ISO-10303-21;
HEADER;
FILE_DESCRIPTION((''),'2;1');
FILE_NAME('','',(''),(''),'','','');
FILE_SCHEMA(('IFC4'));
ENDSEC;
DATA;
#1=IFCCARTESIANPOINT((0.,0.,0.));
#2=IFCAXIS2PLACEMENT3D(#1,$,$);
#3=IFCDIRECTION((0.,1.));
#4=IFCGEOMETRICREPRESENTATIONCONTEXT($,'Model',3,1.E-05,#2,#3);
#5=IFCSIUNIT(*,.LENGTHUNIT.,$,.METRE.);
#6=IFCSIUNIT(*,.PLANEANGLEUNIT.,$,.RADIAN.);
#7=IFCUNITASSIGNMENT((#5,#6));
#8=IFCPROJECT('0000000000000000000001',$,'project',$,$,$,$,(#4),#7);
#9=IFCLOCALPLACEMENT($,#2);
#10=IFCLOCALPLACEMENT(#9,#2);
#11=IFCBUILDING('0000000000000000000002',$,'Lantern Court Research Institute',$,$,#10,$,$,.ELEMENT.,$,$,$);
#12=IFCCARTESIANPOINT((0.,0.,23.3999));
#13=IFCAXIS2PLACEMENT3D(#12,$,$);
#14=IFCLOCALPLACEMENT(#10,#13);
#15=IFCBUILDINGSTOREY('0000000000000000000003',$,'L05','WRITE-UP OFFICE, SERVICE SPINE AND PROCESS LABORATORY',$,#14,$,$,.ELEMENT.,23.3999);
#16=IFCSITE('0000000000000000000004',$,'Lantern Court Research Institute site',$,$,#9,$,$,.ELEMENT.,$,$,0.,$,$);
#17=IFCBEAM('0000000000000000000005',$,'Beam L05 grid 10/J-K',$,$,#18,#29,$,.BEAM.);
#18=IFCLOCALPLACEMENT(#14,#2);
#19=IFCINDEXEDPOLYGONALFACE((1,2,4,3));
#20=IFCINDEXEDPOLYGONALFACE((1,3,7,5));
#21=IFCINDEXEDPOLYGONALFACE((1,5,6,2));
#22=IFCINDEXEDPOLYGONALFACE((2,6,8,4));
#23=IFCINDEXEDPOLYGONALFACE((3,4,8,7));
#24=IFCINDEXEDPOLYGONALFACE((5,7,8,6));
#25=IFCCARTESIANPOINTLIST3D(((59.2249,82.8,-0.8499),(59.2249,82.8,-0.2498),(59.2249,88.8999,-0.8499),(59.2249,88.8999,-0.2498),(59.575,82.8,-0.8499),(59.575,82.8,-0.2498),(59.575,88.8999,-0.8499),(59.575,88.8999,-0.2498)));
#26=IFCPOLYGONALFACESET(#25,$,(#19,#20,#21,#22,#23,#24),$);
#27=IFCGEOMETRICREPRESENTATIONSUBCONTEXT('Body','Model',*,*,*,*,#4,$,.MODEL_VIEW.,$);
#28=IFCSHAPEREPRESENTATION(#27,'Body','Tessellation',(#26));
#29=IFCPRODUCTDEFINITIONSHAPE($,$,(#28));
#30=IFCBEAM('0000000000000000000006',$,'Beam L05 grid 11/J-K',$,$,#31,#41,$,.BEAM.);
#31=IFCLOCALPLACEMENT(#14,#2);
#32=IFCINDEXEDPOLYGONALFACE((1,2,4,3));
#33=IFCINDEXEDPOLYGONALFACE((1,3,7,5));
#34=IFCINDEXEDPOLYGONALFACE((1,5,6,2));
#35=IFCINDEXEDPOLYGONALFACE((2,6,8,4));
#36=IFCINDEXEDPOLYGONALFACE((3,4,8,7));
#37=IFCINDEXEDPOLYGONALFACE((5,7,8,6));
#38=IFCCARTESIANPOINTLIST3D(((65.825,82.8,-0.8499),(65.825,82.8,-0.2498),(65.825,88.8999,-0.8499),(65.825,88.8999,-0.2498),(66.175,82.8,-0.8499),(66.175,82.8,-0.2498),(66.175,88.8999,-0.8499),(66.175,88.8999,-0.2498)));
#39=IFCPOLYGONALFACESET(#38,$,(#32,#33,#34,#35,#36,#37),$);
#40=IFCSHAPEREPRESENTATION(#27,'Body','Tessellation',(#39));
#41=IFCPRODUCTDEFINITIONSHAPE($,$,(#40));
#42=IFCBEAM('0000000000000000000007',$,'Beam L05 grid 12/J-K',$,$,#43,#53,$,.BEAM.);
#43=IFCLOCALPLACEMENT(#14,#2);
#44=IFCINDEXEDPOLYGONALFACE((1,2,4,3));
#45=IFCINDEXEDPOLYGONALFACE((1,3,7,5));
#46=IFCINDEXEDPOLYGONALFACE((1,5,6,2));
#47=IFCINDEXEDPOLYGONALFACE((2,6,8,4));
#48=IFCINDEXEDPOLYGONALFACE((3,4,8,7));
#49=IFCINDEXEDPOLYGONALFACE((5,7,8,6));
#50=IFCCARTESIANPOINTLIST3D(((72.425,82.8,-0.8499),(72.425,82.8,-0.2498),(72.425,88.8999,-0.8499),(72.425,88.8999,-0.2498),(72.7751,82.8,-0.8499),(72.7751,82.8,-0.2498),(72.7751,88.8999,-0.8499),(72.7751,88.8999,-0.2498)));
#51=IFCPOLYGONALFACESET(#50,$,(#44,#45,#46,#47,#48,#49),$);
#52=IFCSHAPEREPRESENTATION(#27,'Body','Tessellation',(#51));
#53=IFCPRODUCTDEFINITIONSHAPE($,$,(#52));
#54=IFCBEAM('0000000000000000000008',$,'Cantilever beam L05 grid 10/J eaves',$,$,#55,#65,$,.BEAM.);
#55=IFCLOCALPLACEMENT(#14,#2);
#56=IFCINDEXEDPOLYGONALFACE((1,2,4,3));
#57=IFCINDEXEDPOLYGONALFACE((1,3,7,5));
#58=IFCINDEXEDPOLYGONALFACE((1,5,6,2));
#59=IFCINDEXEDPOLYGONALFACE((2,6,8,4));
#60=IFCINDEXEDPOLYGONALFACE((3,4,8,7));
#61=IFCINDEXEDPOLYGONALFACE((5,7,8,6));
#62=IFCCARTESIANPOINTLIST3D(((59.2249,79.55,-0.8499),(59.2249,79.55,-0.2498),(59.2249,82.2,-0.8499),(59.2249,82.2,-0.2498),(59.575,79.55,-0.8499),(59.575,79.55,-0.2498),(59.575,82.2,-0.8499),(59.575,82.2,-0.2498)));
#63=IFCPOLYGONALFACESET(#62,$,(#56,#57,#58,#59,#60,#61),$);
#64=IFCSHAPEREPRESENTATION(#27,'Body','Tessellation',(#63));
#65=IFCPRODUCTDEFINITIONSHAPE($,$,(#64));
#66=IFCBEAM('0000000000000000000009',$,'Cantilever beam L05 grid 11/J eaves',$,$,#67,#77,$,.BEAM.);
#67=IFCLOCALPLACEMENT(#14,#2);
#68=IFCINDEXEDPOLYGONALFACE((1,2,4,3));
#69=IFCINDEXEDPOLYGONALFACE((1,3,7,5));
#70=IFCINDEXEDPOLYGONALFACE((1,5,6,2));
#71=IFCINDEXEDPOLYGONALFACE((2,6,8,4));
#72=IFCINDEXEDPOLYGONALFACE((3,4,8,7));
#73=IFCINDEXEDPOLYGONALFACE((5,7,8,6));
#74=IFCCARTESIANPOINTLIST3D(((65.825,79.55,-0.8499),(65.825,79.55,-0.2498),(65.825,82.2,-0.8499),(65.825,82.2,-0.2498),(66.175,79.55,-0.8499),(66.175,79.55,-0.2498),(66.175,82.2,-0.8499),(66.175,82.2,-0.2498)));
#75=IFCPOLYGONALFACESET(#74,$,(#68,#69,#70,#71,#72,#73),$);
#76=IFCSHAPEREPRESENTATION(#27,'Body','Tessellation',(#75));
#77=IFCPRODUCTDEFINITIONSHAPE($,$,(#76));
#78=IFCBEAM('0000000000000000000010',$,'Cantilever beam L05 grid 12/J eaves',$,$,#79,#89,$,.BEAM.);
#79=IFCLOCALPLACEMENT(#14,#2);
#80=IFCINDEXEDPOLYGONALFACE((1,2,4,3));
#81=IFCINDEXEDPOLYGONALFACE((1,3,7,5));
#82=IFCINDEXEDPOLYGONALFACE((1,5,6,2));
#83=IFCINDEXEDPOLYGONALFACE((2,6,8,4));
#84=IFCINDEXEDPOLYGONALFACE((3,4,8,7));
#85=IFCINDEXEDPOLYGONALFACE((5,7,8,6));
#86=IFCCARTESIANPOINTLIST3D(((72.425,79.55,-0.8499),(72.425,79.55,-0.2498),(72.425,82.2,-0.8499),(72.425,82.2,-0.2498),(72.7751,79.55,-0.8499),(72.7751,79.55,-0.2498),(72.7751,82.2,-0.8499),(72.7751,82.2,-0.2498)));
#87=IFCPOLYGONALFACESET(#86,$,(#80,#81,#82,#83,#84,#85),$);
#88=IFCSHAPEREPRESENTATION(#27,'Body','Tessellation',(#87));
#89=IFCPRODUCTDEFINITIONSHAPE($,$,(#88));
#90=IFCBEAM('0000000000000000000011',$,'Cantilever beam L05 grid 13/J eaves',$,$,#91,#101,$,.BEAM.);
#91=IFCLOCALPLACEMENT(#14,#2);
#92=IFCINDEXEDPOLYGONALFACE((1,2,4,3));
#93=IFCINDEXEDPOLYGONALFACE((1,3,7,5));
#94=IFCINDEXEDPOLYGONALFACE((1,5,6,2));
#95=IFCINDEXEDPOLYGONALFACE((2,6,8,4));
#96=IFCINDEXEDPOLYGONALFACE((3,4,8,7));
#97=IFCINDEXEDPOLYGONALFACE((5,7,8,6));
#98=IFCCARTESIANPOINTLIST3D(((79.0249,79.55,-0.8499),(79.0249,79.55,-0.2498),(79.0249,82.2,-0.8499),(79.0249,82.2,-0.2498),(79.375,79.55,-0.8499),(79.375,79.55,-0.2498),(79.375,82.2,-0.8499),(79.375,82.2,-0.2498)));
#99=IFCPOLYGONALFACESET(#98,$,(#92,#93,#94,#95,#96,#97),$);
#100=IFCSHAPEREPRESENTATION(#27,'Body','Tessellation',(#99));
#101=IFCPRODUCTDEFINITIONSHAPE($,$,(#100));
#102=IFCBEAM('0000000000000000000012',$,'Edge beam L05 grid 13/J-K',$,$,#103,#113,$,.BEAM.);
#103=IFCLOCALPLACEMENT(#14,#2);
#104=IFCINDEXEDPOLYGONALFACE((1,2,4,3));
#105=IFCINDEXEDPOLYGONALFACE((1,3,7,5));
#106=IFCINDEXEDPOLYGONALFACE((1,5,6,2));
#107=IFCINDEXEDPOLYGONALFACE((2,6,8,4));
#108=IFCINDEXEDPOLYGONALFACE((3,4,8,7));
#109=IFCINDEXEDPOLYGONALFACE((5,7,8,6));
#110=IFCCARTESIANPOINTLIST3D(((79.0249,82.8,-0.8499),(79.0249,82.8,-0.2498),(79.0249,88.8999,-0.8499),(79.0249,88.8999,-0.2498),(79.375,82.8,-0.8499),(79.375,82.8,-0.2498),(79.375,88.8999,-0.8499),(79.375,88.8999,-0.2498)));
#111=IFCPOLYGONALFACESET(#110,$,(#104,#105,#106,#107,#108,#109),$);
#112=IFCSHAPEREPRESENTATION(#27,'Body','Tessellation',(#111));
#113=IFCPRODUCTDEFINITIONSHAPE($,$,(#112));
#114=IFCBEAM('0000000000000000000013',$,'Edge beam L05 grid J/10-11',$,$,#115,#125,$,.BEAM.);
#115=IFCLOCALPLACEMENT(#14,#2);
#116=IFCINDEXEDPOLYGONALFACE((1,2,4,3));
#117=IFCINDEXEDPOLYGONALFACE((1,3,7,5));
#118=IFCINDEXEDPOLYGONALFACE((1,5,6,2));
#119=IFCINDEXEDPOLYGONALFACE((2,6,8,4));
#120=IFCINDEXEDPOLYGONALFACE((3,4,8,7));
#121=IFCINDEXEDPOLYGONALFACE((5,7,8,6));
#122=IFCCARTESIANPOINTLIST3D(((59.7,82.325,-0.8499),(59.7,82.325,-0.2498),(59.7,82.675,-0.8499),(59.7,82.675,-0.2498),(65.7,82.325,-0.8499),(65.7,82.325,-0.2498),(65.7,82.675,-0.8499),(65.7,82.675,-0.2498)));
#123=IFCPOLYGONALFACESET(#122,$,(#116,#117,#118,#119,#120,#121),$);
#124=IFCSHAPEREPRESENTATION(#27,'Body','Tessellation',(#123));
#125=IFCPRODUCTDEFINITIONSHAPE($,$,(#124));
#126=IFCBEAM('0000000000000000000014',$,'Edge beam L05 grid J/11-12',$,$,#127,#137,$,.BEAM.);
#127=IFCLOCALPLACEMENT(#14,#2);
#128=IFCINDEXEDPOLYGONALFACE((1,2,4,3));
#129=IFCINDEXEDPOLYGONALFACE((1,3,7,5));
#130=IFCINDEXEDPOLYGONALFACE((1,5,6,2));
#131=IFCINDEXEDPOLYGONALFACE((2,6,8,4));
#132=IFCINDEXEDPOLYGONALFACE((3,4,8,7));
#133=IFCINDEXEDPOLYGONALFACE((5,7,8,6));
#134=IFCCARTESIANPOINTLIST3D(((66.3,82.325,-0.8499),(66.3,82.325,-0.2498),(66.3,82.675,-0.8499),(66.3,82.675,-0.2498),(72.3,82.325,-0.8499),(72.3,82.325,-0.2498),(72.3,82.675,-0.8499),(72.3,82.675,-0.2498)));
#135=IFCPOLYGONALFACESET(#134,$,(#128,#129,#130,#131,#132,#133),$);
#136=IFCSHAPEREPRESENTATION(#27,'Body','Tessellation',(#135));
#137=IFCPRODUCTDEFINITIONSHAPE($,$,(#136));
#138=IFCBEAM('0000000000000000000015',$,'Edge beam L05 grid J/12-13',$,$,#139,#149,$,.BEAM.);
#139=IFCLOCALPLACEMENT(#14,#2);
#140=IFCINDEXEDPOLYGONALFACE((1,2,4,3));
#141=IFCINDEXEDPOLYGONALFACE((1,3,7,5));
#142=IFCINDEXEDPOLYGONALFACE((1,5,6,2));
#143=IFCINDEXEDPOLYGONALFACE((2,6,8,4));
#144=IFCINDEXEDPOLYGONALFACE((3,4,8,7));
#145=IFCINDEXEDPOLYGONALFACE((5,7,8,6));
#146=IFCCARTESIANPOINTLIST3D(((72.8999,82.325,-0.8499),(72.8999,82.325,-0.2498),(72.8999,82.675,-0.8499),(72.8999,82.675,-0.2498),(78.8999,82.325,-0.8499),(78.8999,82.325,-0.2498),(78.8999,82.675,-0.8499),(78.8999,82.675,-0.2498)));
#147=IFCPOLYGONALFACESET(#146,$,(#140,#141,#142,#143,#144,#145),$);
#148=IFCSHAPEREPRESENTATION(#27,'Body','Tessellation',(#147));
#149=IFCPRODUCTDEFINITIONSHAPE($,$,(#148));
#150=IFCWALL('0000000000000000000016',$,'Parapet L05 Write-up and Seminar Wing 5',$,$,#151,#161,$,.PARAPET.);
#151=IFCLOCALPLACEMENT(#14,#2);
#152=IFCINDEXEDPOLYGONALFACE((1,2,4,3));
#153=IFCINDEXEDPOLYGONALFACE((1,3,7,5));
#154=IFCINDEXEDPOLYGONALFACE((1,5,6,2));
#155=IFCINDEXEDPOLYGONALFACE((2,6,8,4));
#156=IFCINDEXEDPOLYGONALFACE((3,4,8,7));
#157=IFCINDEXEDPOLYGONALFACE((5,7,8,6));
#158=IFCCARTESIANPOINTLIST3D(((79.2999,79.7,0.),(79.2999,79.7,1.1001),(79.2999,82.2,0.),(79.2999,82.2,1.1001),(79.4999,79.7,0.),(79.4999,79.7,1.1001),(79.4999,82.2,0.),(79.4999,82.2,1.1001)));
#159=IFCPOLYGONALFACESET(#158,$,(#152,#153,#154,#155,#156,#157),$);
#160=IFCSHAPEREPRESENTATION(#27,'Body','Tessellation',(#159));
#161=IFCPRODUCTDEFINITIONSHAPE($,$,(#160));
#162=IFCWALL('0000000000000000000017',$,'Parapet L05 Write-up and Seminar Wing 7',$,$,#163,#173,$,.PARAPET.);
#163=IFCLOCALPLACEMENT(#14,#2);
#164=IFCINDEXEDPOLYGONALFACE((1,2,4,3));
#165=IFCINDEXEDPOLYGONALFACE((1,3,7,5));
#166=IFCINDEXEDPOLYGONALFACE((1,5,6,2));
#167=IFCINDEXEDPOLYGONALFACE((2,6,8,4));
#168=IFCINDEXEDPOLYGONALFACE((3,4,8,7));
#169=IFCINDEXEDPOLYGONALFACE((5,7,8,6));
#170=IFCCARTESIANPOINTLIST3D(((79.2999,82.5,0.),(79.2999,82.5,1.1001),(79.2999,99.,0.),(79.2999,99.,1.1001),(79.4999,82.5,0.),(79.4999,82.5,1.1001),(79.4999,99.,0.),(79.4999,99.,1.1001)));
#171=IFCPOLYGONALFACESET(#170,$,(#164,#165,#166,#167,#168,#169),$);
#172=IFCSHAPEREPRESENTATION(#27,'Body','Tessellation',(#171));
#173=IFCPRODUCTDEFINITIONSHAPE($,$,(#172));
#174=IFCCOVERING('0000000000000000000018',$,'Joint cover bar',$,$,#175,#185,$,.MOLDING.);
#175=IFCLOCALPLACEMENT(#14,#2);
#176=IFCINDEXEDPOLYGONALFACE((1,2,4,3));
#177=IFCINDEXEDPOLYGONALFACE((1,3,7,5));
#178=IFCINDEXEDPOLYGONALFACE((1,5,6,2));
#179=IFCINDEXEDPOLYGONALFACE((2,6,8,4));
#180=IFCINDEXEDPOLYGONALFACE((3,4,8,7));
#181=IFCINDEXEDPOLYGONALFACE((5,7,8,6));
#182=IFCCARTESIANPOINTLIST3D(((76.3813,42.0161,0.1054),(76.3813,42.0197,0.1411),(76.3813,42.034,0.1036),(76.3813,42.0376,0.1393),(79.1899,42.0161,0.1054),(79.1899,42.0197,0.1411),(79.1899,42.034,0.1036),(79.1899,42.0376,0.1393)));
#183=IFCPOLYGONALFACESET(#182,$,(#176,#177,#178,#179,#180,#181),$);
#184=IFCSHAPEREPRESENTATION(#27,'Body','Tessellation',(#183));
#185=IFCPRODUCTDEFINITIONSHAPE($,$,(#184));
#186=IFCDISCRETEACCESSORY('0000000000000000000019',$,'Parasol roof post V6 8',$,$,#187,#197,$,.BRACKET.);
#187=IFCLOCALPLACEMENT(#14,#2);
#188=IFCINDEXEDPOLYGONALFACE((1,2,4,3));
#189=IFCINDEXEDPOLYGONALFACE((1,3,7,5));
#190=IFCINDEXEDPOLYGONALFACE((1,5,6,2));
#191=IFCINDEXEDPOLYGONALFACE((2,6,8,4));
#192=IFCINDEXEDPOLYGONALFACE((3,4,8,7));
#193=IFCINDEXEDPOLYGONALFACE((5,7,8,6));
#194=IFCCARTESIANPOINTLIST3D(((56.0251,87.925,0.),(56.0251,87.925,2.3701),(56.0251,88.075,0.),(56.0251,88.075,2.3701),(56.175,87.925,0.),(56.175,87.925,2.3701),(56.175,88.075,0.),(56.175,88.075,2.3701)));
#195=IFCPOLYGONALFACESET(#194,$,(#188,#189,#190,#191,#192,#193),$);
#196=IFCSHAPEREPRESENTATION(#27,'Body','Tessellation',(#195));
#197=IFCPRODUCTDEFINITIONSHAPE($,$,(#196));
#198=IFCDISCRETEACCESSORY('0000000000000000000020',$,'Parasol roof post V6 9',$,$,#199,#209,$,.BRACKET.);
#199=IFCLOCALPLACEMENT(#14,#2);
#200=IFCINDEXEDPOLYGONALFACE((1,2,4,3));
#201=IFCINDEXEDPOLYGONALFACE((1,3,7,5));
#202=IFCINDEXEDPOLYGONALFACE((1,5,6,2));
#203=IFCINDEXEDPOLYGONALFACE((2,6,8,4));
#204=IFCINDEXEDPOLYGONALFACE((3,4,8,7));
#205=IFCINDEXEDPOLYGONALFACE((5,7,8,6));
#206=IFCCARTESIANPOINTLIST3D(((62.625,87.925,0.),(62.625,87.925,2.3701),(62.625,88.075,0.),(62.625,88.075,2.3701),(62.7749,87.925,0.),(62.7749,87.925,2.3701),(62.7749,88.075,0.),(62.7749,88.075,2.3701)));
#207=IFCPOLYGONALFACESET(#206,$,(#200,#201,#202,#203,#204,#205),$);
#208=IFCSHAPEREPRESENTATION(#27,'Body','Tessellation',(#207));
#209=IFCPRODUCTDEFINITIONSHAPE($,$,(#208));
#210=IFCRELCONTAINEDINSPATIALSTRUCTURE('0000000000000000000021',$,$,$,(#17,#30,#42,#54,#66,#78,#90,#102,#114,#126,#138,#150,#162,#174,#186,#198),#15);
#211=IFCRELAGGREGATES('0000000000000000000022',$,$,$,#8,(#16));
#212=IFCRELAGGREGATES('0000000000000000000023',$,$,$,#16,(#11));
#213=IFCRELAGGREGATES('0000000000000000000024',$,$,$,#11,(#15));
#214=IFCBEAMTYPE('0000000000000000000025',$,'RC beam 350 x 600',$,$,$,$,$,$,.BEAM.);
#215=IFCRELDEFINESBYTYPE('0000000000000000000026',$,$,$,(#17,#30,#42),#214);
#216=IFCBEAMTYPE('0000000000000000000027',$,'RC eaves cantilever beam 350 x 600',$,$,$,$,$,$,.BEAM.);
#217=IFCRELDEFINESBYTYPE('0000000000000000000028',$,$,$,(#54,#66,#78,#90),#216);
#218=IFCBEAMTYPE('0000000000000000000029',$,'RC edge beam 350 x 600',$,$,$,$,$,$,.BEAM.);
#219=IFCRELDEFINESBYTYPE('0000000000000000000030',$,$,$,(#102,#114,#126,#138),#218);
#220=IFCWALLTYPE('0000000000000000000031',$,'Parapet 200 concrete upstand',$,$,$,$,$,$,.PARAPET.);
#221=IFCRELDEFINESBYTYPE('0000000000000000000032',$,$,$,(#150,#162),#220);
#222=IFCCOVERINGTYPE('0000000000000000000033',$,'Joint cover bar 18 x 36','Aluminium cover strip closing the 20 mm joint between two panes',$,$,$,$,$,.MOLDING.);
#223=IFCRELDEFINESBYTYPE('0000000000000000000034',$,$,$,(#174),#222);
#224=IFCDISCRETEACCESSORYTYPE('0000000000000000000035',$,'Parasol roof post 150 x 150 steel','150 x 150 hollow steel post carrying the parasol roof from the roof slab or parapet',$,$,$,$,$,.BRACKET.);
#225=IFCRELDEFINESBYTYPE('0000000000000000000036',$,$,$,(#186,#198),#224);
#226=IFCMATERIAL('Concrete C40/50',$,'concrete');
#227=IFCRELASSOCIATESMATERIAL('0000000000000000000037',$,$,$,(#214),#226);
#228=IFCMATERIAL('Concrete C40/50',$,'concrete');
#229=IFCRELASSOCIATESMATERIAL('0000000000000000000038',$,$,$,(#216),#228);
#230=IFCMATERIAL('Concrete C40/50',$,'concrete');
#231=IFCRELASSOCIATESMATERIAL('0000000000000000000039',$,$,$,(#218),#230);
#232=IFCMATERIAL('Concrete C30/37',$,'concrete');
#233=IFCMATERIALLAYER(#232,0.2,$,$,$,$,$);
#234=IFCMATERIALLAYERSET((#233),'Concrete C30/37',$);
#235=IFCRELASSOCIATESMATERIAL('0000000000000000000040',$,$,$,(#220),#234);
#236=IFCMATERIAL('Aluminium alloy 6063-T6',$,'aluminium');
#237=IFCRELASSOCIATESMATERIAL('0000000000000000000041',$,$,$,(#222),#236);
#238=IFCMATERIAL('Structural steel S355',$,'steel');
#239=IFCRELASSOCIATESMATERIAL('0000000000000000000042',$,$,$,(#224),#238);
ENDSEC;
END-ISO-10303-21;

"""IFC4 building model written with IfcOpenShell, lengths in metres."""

from ifc_helpers import new_model, si_unit, direction, frame, frame_2d, origin, origin_2d, place, context, subcontext, project, spatial, rectangle, extrude, material, layer, layer_set, material_profile, profile_set, type_object, element, save


model = new_model("IFC4")

# Units and contexts
model_context = context("Model", 3, precision=1e-05, world=origin(), true_north=direction((0.0, 1.0)))
body_context = subcontext(model_context, "Body", "Model", "MODEL_VIEW")
ifc_project = project(units=[si_unit("LENGTHUNIT", "METRE"), si_unit("PLANEANGLEUNIT", "RADIAN")], contexts=[model_context])

# Site, building, storey
site_placement = place(None, origin())
site = spatial("IfcSite", under=ifc_project, at=site_placement, Name="Lantern Court Research Institute site", CompositionType="ELEMENT", RefElevation=0.0)
building_placement = place(site_placement, origin())
building = spatial("IfcBuilding", under=site, at=building_placement, Name="Lantern Court Research Institute", CompositionType="ELEMENT")
storey_placement = place(building_placement, frame((0.0, 0.0, 23.3999)))
storey = spatial("IfcBuildingStorey", under=building, at=storey_placement, Name="L05", Description="WRITE-UP OFFICE, SERVICE SPINE AND PROCESS LABORATORY", CompositionType="ELEMENT", Elevation=23.3999)

# Beams
ifc_material_1 = material(Name="Concrete C40/50", Category="concrete")
ifc_material_profile_1 = material_profile(ifc_material_1, rectangle(XDim=0.3501, YDim=0.6001, at=origin_2d()), Name="RC beam 350 x 600")
ifc_profile_set_1 = profile_set([ifc_material_profile_1], Name="Concrete C40/50")
beam_type_1 = type_object("IfcBeamType", Name="RC beam 350 x 600", PredefinedType="BEAM", material=ifc_profile_set_1)
for number, where, z_axis, x_axis, name in (
    (1, (59.3999, 82.8, -0.5498), (0.0, 1.0, 0.0), (-1.0, 0.0, 0.0), "Beam L05 grid 10/J-K"),
    (2, (66.0, 82.8, -0.5498), (0.0, 1.0, 0.0), (-1.0, 0.0, 0.0), "Beam L05 grid 11/J-K"),
    (3, (72.6001, 82.8, -0.5498), (0.0, 1.0, 0.0), (-1.0, 0.0, 0.0), "Beam L05 grid 12/J-K"),
):
    element("IfcBeam", number, at=place(storey_placement, frame(where, z_axis=z_axis, x_axis=x_axis)), inside=storey, type_object=beam_type_1, Name=name, PredefinedType="BEAM", context=body_context, shape_type="SweptSolid", body=[
        extrude(rectangle(XDim=0.3501, YDim=0.6001, at=origin_2d()), origin(), (0.0, 0.0, 1.0), 6.0999),
    ])
ifc_material_2 = material(Name="Concrete C40/50", Category="concrete")
ifc_material_profile_2 = material_profile(ifc_material_2, rectangle(XDim=0.3501, YDim=0.6001, at=origin_2d()), Name="RC beam 350 x 600")
ifc_profile_set_2 = profile_set([ifc_material_profile_2], Name="Concrete C40/50")
beam_type_2 = type_object("IfcBeamType", Name="RC eaves cantilever beam 350 x 600", PredefinedType="BEAM", material=ifc_profile_set_2)
for number, where, z_axis, x_axis, name in (
    (4, (59.3999, 82.2, -0.5498), (0.0, -1.0, 0.0), (1.0, 0.0, 0.0), "Cantilever beam L05 grid 10/J eaves"),
    (5, (66.0, 82.2, -0.5498), (0.0, -1.0, 0.0), (1.0, 0.0, 0.0), "Cantilever beam L05 grid 11/J eaves"),
    (6, (72.6001, 82.2, -0.5498), (0.0, -1.0, 0.0), (1.0, 0.0, 0.0), "Cantilever beam L05 grid 12/J eaves"),
    (7, (79.2, 82.2, -0.5498), (0.0, -1.0, 0.0), (1.0, 0.0, 0.0), "Cantilever beam L05 grid 13/J eaves"),
):
    element("IfcBeam", number, at=place(storey_placement, frame(where, z_axis=z_axis, x_axis=x_axis)), inside=storey, type_object=beam_type_2, Name=name, PredefinedType="BEAM", context=body_context, shape_type="SweptSolid", body=[
        extrude(rectangle(XDim=0.3501, YDim=0.6001, at=origin_2d()), origin(), (0.0, 0.0, 1.0), 2.6499),
    ])
ifc_material_3 = material(Name="Concrete C40/50", Category="concrete")
ifc_material_profile_3 = material_profile(ifc_material_3, rectangle(XDim=0.3501, YDim=0.6001, at=origin_2d()), Name="RC beam 350 x 600")
ifc_profile_set_3 = profile_set([ifc_material_profile_3], Name="Concrete C40/50")
beam_type_3 = type_object("IfcBeamType", Name="RC edge beam 350 x 600", PredefinedType="BEAM", material=ifc_profile_set_3)
beam_placement = place(storey_placement, frame((79.2, 82.8, -0.5498), z_axis=(0.0, 1.0, 0.0), x_axis=(-1.0, 0.0, 0.0)))
element("IfcBeam", 8, at=beam_placement, inside=storey, type_object=beam_type_3, Name="Edge beam L05 grid 13/J-K", PredefinedType="BEAM", context=body_context, shape_type="SweptSolid", body=[
    extrude(rectangle(XDim=0.3501, YDim=0.6001, at=origin_2d()), origin(), (0.0, 0.0, 1.0), 6.0999),
])
for number, where, z_axis, x_axis, name in (
    (9, (59.7, 82.5, -0.5498), (1.0, 0.0, 0.0), (0.0, 1.0, 0.0), "Edge beam L05 grid J/10-11"),
    (10, (66.3, 82.5, -0.5498), (1.0, 0.0, 0.0), (0.0, 1.0, 0.0), "Edge beam L05 grid J/11-12"),
    (11, (72.8999, 82.5, -0.5498), (1.0, 0.0, 0.0), (0.0, 1.0, 0.0), "Edge beam L05 grid J/12-13"),
):
    element("IfcBeam", number, at=place(storey_placement, frame(where, z_axis=z_axis, x_axis=x_axis)), inside=storey, type_object=beam_type_3, Name=name, PredefinedType="BEAM", context=body_context, shape_type="SweptSolid", body=[
        extrude(rectangle(XDim=0.3501, YDim=0.6001, at=origin_2d()), origin(), (0.0, 0.0, 1.0), 6.0),
    ])

# Walls
ifc_material_4 = material(Name="Concrete C30/37", Category="concrete")
ifc_layer_1 = layer(ifc_material_4, 0.2)
ifc_layer_set_1 = layer_set([ifc_layer_1], Name="Concrete C30/37")
wall_type = type_object("IfcWallType", Name="Parapet 200 concrete upstand", PredefinedType="PARAPET", material=ifc_layer_set_1)
wall_1_placement = place(storey_placement, frame((79.3999, 79.7, 0.0), z_axis=(0.0, 0.0, 1.0), x_axis=(0.0, 1.0, 0.0)))
element("IfcWall", 12, at=wall_1_placement, inside=storey, type_object=wall_type, Name="Parapet L05 Write-up and Seminar Wing 5", PredefinedType="PARAPET", context=body_context, shape_type="SweptSolid", body=[
    extrude(rectangle(XDim=2.5, YDim=0.2, at=frame_2d((1.25, 0.0))), origin(), (0.0, 0.0, 1.0), 1.1001),
])
wall_2_placement = place(storey_placement, frame((79.3999, 82.5, 0.0), z_axis=(0.0, 0.0, 1.0), x_axis=(0.0, 1.0, 0.0)))
element("IfcWall", 13, at=wall_2_placement, inside=storey, type_object=wall_type, Name="Parapet L05 Write-up and Seminar Wing 7", PredefinedType="PARAPET", context=body_context, shape_type="SweptSolid", body=[
    extrude(rectangle(XDim=16.5, YDim=0.2, at=frame_2d((8.25, 0.0))), origin(), (0.0, 0.0, 1.0), 1.1001),
])

# Covering
ifc_material_5 = material(Name="Aluminium alloy 6063-T6", Category="aluminium")
ifc_material_profile_4 = material_profile(ifc_material_5, rectangle(XDim=0.0181, YDim=0.0359, at=origin_2d()), Name="Joint cover bar 18 x 36")
ifc_profile_set_4 = profile_set([ifc_material_profile_4], Name="Aluminium alloy 6063-T6")
covering_type_1 = type_object("IfcCoveringType", Name="Joint cover bar 18 x 36", Description="Aluminium cover strip closing the 20 mm joint between two panes", PredefinedType="MOLDING", material=ifc_profile_set_4)
covering_1_placement = place(storey_placement, frame((76.3813, 42.0269, 0.1223), z_axis=(1.0, 0.0, 0.0), x_axis=(0.0, 0.994934, -0.100531)))
element("IfcCovering", 14, at=covering_1_placement, inside=storey, type_object=covering_type_1, Name="Joint cover bar", PredefinedType="MOLDING", context=body_context, shape_type="SweptSolid", body=[
    extrude(rectangle(XDim=0.0181, YDim=0.0359, at=origin_2d()), origin(), (0.0, 0.0, 1.0), 2.8086),
])

# Discrete accessories
ifc_material_6 = material(Name="Structural steel S355", Category="steel")
discrete_accessory_type = type_object("IfcDiscreteAccessoryType", Name="Parasol roof post 150 x 150 steel", Description="150 x 150 hollow steel post carrying the parasol roof from the roof slab or parapet", PredefinedType="BRACKET", material=ifc_material_6)
for number, where, z_axis, x_axis, name in (
    (15, (56.1001, 88.0, 0.0), (0.0, 0.0, 1.0), (1.0, 0.0, 0.0), "Parasol roof post V6 8"),
    (16, (62.7, 88.0, 0.0), (0.0, 0.0, 1.0), (1.0, 0.0, 0.0), "Parasol roof post V6 9"),
):
    element("IfcDiscreteAccessory", number, at=place(storey_placement, frame(where, z_axis=z_axis, x_axis=x_axis)), inside=storey, type_object=discrete_accessory_type, Name=name, PredefinedType="BRACKET", context=body_context, shape_type="SweptSolid", body=[
        extrude(rectangle(XDim=0.1499, YDim=0.1499, at=origin_2d()), origin(), (0.0, 0.0, 1.0), 2.3701),
    ])

save(model, "model.ifc")
